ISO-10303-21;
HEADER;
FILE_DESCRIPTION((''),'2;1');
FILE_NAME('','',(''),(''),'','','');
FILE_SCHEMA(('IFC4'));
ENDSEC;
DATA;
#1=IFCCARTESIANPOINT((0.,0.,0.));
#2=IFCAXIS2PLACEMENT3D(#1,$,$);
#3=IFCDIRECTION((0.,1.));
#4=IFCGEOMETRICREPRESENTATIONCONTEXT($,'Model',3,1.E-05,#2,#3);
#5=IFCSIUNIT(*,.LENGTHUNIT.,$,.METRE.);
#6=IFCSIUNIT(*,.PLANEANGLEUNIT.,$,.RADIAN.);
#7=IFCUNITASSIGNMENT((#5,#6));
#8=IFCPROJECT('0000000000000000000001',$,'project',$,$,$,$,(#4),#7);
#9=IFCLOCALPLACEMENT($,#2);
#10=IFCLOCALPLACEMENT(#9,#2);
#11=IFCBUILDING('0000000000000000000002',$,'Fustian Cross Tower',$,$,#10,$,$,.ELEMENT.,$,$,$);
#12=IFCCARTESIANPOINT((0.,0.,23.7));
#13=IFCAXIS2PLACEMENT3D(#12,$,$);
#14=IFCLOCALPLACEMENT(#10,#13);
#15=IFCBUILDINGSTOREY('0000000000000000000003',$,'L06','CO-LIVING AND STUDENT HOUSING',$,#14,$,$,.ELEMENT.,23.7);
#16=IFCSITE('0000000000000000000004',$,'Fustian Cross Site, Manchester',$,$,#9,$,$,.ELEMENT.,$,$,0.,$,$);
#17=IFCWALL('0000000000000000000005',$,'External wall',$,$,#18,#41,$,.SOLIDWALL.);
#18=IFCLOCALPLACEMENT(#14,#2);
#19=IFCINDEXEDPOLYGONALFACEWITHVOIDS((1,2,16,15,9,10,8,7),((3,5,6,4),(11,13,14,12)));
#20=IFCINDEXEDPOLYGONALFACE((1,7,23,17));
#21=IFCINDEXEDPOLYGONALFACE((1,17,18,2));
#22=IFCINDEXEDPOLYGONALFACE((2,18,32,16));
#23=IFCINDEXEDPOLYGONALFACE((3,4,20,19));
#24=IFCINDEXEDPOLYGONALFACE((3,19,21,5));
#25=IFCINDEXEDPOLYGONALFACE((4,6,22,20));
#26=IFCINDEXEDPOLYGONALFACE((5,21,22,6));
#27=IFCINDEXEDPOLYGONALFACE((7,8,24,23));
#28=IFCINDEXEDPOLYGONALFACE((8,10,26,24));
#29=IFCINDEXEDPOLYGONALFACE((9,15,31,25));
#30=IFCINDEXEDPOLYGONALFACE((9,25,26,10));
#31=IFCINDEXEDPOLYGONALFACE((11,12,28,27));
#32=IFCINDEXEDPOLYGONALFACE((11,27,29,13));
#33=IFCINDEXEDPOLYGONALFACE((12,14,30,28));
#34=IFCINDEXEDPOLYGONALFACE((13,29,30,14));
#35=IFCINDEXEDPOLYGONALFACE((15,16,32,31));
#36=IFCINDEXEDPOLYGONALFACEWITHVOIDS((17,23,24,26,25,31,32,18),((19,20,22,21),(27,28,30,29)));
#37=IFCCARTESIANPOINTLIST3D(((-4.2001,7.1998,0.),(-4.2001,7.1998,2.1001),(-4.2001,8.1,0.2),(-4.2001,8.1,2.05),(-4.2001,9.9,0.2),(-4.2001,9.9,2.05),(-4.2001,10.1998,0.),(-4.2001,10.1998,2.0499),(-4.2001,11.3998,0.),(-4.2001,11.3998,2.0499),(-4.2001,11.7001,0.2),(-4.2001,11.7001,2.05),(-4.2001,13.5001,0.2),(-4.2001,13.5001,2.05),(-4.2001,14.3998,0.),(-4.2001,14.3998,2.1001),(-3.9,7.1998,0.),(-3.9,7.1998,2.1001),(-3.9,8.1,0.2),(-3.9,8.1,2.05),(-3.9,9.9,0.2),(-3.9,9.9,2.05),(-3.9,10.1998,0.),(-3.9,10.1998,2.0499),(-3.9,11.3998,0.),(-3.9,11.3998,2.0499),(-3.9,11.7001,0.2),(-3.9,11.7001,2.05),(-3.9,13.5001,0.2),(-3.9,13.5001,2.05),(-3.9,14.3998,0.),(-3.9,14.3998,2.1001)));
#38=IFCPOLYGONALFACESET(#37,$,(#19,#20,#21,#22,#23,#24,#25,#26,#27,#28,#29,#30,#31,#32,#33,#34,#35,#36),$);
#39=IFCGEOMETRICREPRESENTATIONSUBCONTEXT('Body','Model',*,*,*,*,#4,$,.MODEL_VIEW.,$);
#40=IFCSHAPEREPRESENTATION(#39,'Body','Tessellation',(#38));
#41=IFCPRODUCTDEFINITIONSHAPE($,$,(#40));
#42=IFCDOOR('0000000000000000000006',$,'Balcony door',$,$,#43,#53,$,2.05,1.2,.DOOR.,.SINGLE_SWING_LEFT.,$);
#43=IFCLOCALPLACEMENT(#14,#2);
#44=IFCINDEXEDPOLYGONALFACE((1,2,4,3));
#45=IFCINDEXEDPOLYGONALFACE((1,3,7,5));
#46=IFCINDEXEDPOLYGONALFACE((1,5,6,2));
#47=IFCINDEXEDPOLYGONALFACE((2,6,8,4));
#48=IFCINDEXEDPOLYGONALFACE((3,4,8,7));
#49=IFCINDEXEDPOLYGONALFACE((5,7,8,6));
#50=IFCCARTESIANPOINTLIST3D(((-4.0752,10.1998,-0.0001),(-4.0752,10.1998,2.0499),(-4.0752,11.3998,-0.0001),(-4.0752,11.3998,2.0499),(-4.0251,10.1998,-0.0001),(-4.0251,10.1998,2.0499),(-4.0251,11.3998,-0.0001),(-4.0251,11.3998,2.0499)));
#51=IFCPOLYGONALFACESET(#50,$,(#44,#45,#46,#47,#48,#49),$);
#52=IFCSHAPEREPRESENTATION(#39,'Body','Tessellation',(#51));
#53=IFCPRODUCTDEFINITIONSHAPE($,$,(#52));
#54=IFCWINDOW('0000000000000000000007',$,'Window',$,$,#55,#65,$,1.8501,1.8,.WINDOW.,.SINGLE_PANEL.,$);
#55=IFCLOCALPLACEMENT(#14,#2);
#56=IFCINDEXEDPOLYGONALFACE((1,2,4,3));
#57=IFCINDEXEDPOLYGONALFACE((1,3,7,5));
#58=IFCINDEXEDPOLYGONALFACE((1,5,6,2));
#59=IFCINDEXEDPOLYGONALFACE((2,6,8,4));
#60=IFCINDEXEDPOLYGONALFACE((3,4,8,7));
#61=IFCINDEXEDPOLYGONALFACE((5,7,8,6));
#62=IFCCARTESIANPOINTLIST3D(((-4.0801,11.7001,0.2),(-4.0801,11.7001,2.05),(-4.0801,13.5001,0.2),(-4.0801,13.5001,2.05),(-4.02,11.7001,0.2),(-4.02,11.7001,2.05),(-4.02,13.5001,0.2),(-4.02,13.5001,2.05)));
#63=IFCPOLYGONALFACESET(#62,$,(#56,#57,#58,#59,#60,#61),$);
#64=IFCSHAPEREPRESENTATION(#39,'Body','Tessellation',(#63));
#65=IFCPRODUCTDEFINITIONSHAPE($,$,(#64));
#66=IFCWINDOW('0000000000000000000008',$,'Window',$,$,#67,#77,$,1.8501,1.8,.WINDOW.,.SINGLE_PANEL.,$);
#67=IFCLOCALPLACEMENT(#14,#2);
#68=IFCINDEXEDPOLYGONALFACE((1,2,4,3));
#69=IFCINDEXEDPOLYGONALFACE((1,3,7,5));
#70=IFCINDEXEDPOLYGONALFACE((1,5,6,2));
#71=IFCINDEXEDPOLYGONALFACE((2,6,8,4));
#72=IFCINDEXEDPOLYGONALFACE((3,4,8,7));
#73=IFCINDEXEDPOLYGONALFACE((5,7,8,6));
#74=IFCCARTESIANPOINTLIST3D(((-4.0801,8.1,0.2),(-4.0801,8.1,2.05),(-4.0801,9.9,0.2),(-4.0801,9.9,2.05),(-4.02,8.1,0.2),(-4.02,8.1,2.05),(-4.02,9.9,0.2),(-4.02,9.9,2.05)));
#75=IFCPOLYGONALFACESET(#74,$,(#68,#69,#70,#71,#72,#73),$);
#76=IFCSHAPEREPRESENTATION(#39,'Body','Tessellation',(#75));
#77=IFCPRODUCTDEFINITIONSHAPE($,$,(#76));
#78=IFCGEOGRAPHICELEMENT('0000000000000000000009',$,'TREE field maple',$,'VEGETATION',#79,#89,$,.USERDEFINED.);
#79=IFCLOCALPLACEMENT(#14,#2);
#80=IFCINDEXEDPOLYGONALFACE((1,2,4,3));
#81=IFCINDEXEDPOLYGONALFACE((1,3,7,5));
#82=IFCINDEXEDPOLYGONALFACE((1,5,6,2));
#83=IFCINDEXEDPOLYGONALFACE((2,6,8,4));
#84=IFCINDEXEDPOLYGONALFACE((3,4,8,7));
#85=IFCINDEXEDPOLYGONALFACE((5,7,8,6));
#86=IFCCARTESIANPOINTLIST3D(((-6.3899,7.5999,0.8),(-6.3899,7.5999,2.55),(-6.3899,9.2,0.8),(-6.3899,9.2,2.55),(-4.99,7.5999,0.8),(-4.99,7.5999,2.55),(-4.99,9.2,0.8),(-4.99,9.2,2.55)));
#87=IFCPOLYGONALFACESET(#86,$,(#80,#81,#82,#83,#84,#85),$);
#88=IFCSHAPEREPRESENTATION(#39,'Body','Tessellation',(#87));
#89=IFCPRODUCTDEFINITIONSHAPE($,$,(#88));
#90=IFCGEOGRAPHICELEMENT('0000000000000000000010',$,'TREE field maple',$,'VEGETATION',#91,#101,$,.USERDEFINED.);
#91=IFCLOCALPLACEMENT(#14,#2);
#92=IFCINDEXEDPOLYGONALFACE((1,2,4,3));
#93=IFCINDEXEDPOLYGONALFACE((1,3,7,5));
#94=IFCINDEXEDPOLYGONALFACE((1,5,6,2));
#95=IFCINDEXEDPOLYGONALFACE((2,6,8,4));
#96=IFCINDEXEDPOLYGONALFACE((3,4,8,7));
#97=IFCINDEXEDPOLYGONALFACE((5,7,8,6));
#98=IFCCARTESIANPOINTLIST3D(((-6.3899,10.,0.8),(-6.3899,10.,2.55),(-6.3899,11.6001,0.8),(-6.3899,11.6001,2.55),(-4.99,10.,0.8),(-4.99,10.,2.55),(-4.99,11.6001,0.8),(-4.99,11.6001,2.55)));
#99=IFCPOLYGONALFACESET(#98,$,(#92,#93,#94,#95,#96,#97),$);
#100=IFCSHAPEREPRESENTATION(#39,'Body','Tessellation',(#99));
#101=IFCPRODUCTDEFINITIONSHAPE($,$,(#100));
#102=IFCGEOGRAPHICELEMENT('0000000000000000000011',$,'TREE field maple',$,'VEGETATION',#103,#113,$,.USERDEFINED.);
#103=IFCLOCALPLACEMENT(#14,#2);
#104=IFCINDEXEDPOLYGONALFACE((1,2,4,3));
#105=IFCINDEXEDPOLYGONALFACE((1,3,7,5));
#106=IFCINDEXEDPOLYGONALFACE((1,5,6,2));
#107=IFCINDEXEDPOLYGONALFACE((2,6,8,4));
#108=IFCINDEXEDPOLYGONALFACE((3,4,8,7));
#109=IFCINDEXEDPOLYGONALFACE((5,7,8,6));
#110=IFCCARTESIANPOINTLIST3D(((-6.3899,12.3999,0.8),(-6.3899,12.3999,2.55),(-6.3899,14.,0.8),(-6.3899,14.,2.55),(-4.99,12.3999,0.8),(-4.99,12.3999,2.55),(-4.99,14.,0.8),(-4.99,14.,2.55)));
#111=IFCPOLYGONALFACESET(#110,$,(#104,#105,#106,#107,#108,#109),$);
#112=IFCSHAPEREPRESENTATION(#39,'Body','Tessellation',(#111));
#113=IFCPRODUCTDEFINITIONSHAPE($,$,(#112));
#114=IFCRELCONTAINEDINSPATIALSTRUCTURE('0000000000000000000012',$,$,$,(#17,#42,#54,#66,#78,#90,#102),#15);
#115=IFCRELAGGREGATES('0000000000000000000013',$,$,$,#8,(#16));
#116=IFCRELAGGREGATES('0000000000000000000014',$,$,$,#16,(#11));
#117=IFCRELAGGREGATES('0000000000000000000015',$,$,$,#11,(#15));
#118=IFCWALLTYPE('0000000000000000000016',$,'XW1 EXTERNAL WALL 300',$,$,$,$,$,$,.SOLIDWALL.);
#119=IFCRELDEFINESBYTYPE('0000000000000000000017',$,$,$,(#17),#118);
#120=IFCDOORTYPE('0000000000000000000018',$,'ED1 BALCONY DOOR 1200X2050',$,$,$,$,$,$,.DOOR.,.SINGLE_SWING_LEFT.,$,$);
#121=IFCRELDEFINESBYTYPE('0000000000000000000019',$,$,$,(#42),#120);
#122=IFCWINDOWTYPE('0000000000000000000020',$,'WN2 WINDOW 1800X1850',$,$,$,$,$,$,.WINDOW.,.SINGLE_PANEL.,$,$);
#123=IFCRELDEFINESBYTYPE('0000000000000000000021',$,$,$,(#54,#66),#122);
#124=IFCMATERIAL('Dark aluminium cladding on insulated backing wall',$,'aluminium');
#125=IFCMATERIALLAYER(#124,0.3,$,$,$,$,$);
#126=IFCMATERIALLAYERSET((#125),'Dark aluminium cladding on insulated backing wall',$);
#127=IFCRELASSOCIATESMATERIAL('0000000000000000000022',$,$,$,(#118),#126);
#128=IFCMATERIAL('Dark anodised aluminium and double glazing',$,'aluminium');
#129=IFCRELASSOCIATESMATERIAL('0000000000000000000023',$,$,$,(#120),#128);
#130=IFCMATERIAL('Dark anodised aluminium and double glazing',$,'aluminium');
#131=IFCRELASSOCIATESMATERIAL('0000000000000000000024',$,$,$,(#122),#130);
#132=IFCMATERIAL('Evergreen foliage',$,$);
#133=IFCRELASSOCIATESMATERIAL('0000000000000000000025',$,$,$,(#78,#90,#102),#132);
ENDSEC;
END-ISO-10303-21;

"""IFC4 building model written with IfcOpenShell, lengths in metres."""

from ifc_helpers import new_model, si_unit, direction, frame, frame_2d, origin, origin_2d, place, context, subcontext, project, spatial, rectangle, extrude, material, layer, layer_set, type_object, element, fill, save


model = new_model("IFC4")

# Units and contexts
model_context = context("Model", 3, precision=1e-05, world=origin(), true_north=direction((0.0, 1.0)))
body_context = subcontext(model_context, "Body", "Model", "MODEL_VIEW")
ifc_project = project(units=[si_unit("LENGTHUNIT", "METRE"), si_unit("PLANEANGLEUNIT", "RADIAN")], contexts=[model_context])

# Site, building, storey
site_placement = place(None, origin())
site = spatial("IfcSite", under=ifc_project, at=site_placement, Name="Fustian Cross Site, Manchester", CompositionType="ELEMENT", RefElevation=0.0)
building_placement = place(site_placement, origin())
building = spatial("IfcBuilding", under=site, at=building_placement, Name="Fustian Cross Tower", CompositionType="ELEMENT")
storey_placement = place(building_placement, frame((0.0, 0.0, 23.7)))
storey = spatial("IfcBuildingStorey", under=building, at=storey_placement, Name="L06", Description="CO-LIVING AND STUDENT HOUSING", CompositionType="ELEMENT", Elevation=23.7)

# Shared definitions
ifc_material_1 = material(Name="Dark aluminium cladding on insulated backing wall", Category="aluminium")
ifc_layer_1 = layer(ifc_material_1, 0.3)
ifc_layer_set_1 = layer_set([ifc_layer_1], Name="Dark aluminium cladding on insulated backing wall")
wall_type_1 = type_object("IfcWallType", Name="XW1 EXTERNAL WALL 300", PredefinedType="SOLIDWALL", material=ifc_layer_set_1)

# Wall, openings, door, windows
wall_1_placement = place(storey_placement, frame((-4.05, 14.3999, 0.0), z_axis=(0.0, 0.0, 1.0), x_axis=(0.0, -1.0, 0.0)))
wall_1 = element("IfcWall", 1, at=wall_1_placement, inside=storey, type_object=wall_type_1, Name="External wall", PredefinedType="SOLIDWALL", context=body_context, shape_type="SweptSolid", body=[
    extrude(rectangle(XDim=7.2, YDim=0.3, at=frame_2d((3.6001, 0.0))), origin(), (0.0, 0.0, 1.0), 2.1001),
])
opening_1_placement = place(wall_1_placement, frame((3.0, 0.0, 0.0)))
opening_1 = element("IfcOpeningElement", 2, at=opening_1_placement, cuts=wall_1, PredefinedType="OPENING", context=body_context, shape_type="SweptSolid", body=[
    extrude(rectangle(XDim=1.2, YDim=2.05, at=frame_2d((0.6001, 1.0249))), frame((0.0, 0.1599, 0.0), z_axis=(0.0, -1.0, 0.0), x_axis=(1.0, 0.0, 0.0)), (0.0, 0.0, 1.0), 0.3201),
])
opening_2_placement = place(wall_1_placement, frame((0.8999, 0.0, 0.2)))
opening_2 = element("IfcOpeningElement", 3, at=opening_2_placement, cuts=wall_1, PredefinedType="OPENING", context=body_context, shape_type="SweptSolid", body=[
    extrude(rectangle(XDim=1.8, YDim=1.8501, at=frame_2d((0.8999, 0.925))), frame((0.0, 0.1599, 0.0), z_axis=(0.0, -1.0, 0.0), x_axis=(1.0, 0.0, 0.0)), (0.0, 0.0, 1.0), 0.3201),
])
opening_3_placement = place(wall_1_placement, frame((4.5, 0.0, 0.2)))
opening_3 = element("IfcOpeningElement", 4, at=opening_3_placement, cuts=wall_1, PredefinedType="OPENING", context=body_context, shape_type="SweptSolid", body=[
    extrude(rectangle(XDim=1.8, YDim=1.8501, at=frame_2d((0.8999, 0.925))), frame((0.0, 0.1599, 0.0), z_axis=(0.0, -1.0, 0.0), x_axis=(1.0, 0.0, 0.0)), (0.0, 0.0, 1.0), 0.3201),
])
ifc_material_2 = material(Name="Dark anodised aluminium and double glazing", Category="aluminium")
door_type = type_object("IfcDoorType", Name="ED1 BALCONY DOOR 1200X2050", OperationType="SINGLE_SWING_LEFT", PredefinedType="DOOR", material=ifc_material_2)
door_placement = place(opening_1_placement, origin())
door = element("IfcDoor", 5, at=door_placement, inside=storey, type_object=door_type, Name="Balcony door", OperationType="SINGLE_SWING_LEFT", OverallHeight=2.05, OverallWidth=1.2, PredefinedType="DOOR", context=body_context, shape_type="SweptSolid", body=[
    extrude(rectangle(XDim=1.2, YDim=2.05, at=frame_2d((0.6001, 1.0249))), frame((0.0, 0.0249, 0.0), z_axis=(0.0, -1.0, 0.0), x_axis=(1.0, 0.0, 0.0)), (0.0, 0.0, 1.0), 0.05),
])
fill(opening_1, door)
ifc_material_3 = material(Name="Dark anodised aluminium and double glazing", Category="aluminium")
window_type = type_object("IfcWindowType", Name="WN2 WINDOW 1800X1850", PartitioningType="SINGLE_PANEL", PredefinedType="WINDOW", material=ifc_material_3)
window_1_placement = place(opening_2_placement, origin())
window_1 = element("IfcWindow", 6, at=window_1_placement, inside=storey, type_object=window_type, Name="Window", OverallHeight=1.8501, OverallWidth=1.8, PartitioningType="SINGLE_PANEL", PredefinedType="WINDOW", context=body_context, shape_type="SweptSolid", body=[
    extrude(rectangle(XDim=1.8, YDim=1.8501, at=frame_2d((0.8999, 0.925))), frame((0.0, 0.03, 0.0), z_axis=(0.0, -1.0, 0.0), x_axis=(1.0, 0.0, 0.0)), (0.0, 0.0, 1.0), 0.0601),
])
fill(opening_2, window_1)
window_2_placement = place(opening_3_placement, origin())
window_2 = element("IfcWindow", 7, at=window_2_placement, inside=storey, type_object=window_type, Name="Window", OverallHeight=1.8501, OverallWidth=1.8, PartitioningType="SINGLE_PANEL", PredefinedType="WINDOW", context=body_context, shape_type="SweptSolid", body=[
    extrude(rectangle(XDim=1.8, YDim=1.8501, at=frame_2d((0.8999, 0.925))), frame((0.0, 0.03, 0.0), z_axis=(0.0, -1.0, 0.0), x_axis=(1.0, 0.0, 0.0)), (0.0, 0.0, 1.0), 0.0601),
])
fill(opening_3, window_2)

# Geographic elements
ifc_material_4 = material(Name="Evergreen foliage")
for number, where, z_axis, x_axis, name in (
    (8, (-5.6899, 8.3999, 0.8), (0.0, 0.0, 1.0), (1.0, 0.0, 0.0), "TREE field maple"),
    (9, (-5.6899, 10.8, 0.8), (0.0, 0.0, 1.0), (1.0, 0.0, 0.0), "TREE field maple"),
    (10, (-5.6899, 13.2, 0.8), (0.0, 0.0, 1.0), (1.0, 0.0, 0.0), "TREE field maple"),
):
    element("IfcGeographicElement", number, at=place(storey_placement, frame(where, z_axis=z_axis, x_axis=x_axis)), inside=storey, material=ifc_material_4, Name=name, ObjectType="VEGETATION", PredefinedType="USERDEFINED", context=body_context, shape_type="SweptSolid", body=[
        extrude(rectangle(XDim=1.3999, YDim=1.6001, at=origin_2d()), origin(), (0.0, 0.0, 1.0), 1.75),
    ])

save(model, "model.ifc")
